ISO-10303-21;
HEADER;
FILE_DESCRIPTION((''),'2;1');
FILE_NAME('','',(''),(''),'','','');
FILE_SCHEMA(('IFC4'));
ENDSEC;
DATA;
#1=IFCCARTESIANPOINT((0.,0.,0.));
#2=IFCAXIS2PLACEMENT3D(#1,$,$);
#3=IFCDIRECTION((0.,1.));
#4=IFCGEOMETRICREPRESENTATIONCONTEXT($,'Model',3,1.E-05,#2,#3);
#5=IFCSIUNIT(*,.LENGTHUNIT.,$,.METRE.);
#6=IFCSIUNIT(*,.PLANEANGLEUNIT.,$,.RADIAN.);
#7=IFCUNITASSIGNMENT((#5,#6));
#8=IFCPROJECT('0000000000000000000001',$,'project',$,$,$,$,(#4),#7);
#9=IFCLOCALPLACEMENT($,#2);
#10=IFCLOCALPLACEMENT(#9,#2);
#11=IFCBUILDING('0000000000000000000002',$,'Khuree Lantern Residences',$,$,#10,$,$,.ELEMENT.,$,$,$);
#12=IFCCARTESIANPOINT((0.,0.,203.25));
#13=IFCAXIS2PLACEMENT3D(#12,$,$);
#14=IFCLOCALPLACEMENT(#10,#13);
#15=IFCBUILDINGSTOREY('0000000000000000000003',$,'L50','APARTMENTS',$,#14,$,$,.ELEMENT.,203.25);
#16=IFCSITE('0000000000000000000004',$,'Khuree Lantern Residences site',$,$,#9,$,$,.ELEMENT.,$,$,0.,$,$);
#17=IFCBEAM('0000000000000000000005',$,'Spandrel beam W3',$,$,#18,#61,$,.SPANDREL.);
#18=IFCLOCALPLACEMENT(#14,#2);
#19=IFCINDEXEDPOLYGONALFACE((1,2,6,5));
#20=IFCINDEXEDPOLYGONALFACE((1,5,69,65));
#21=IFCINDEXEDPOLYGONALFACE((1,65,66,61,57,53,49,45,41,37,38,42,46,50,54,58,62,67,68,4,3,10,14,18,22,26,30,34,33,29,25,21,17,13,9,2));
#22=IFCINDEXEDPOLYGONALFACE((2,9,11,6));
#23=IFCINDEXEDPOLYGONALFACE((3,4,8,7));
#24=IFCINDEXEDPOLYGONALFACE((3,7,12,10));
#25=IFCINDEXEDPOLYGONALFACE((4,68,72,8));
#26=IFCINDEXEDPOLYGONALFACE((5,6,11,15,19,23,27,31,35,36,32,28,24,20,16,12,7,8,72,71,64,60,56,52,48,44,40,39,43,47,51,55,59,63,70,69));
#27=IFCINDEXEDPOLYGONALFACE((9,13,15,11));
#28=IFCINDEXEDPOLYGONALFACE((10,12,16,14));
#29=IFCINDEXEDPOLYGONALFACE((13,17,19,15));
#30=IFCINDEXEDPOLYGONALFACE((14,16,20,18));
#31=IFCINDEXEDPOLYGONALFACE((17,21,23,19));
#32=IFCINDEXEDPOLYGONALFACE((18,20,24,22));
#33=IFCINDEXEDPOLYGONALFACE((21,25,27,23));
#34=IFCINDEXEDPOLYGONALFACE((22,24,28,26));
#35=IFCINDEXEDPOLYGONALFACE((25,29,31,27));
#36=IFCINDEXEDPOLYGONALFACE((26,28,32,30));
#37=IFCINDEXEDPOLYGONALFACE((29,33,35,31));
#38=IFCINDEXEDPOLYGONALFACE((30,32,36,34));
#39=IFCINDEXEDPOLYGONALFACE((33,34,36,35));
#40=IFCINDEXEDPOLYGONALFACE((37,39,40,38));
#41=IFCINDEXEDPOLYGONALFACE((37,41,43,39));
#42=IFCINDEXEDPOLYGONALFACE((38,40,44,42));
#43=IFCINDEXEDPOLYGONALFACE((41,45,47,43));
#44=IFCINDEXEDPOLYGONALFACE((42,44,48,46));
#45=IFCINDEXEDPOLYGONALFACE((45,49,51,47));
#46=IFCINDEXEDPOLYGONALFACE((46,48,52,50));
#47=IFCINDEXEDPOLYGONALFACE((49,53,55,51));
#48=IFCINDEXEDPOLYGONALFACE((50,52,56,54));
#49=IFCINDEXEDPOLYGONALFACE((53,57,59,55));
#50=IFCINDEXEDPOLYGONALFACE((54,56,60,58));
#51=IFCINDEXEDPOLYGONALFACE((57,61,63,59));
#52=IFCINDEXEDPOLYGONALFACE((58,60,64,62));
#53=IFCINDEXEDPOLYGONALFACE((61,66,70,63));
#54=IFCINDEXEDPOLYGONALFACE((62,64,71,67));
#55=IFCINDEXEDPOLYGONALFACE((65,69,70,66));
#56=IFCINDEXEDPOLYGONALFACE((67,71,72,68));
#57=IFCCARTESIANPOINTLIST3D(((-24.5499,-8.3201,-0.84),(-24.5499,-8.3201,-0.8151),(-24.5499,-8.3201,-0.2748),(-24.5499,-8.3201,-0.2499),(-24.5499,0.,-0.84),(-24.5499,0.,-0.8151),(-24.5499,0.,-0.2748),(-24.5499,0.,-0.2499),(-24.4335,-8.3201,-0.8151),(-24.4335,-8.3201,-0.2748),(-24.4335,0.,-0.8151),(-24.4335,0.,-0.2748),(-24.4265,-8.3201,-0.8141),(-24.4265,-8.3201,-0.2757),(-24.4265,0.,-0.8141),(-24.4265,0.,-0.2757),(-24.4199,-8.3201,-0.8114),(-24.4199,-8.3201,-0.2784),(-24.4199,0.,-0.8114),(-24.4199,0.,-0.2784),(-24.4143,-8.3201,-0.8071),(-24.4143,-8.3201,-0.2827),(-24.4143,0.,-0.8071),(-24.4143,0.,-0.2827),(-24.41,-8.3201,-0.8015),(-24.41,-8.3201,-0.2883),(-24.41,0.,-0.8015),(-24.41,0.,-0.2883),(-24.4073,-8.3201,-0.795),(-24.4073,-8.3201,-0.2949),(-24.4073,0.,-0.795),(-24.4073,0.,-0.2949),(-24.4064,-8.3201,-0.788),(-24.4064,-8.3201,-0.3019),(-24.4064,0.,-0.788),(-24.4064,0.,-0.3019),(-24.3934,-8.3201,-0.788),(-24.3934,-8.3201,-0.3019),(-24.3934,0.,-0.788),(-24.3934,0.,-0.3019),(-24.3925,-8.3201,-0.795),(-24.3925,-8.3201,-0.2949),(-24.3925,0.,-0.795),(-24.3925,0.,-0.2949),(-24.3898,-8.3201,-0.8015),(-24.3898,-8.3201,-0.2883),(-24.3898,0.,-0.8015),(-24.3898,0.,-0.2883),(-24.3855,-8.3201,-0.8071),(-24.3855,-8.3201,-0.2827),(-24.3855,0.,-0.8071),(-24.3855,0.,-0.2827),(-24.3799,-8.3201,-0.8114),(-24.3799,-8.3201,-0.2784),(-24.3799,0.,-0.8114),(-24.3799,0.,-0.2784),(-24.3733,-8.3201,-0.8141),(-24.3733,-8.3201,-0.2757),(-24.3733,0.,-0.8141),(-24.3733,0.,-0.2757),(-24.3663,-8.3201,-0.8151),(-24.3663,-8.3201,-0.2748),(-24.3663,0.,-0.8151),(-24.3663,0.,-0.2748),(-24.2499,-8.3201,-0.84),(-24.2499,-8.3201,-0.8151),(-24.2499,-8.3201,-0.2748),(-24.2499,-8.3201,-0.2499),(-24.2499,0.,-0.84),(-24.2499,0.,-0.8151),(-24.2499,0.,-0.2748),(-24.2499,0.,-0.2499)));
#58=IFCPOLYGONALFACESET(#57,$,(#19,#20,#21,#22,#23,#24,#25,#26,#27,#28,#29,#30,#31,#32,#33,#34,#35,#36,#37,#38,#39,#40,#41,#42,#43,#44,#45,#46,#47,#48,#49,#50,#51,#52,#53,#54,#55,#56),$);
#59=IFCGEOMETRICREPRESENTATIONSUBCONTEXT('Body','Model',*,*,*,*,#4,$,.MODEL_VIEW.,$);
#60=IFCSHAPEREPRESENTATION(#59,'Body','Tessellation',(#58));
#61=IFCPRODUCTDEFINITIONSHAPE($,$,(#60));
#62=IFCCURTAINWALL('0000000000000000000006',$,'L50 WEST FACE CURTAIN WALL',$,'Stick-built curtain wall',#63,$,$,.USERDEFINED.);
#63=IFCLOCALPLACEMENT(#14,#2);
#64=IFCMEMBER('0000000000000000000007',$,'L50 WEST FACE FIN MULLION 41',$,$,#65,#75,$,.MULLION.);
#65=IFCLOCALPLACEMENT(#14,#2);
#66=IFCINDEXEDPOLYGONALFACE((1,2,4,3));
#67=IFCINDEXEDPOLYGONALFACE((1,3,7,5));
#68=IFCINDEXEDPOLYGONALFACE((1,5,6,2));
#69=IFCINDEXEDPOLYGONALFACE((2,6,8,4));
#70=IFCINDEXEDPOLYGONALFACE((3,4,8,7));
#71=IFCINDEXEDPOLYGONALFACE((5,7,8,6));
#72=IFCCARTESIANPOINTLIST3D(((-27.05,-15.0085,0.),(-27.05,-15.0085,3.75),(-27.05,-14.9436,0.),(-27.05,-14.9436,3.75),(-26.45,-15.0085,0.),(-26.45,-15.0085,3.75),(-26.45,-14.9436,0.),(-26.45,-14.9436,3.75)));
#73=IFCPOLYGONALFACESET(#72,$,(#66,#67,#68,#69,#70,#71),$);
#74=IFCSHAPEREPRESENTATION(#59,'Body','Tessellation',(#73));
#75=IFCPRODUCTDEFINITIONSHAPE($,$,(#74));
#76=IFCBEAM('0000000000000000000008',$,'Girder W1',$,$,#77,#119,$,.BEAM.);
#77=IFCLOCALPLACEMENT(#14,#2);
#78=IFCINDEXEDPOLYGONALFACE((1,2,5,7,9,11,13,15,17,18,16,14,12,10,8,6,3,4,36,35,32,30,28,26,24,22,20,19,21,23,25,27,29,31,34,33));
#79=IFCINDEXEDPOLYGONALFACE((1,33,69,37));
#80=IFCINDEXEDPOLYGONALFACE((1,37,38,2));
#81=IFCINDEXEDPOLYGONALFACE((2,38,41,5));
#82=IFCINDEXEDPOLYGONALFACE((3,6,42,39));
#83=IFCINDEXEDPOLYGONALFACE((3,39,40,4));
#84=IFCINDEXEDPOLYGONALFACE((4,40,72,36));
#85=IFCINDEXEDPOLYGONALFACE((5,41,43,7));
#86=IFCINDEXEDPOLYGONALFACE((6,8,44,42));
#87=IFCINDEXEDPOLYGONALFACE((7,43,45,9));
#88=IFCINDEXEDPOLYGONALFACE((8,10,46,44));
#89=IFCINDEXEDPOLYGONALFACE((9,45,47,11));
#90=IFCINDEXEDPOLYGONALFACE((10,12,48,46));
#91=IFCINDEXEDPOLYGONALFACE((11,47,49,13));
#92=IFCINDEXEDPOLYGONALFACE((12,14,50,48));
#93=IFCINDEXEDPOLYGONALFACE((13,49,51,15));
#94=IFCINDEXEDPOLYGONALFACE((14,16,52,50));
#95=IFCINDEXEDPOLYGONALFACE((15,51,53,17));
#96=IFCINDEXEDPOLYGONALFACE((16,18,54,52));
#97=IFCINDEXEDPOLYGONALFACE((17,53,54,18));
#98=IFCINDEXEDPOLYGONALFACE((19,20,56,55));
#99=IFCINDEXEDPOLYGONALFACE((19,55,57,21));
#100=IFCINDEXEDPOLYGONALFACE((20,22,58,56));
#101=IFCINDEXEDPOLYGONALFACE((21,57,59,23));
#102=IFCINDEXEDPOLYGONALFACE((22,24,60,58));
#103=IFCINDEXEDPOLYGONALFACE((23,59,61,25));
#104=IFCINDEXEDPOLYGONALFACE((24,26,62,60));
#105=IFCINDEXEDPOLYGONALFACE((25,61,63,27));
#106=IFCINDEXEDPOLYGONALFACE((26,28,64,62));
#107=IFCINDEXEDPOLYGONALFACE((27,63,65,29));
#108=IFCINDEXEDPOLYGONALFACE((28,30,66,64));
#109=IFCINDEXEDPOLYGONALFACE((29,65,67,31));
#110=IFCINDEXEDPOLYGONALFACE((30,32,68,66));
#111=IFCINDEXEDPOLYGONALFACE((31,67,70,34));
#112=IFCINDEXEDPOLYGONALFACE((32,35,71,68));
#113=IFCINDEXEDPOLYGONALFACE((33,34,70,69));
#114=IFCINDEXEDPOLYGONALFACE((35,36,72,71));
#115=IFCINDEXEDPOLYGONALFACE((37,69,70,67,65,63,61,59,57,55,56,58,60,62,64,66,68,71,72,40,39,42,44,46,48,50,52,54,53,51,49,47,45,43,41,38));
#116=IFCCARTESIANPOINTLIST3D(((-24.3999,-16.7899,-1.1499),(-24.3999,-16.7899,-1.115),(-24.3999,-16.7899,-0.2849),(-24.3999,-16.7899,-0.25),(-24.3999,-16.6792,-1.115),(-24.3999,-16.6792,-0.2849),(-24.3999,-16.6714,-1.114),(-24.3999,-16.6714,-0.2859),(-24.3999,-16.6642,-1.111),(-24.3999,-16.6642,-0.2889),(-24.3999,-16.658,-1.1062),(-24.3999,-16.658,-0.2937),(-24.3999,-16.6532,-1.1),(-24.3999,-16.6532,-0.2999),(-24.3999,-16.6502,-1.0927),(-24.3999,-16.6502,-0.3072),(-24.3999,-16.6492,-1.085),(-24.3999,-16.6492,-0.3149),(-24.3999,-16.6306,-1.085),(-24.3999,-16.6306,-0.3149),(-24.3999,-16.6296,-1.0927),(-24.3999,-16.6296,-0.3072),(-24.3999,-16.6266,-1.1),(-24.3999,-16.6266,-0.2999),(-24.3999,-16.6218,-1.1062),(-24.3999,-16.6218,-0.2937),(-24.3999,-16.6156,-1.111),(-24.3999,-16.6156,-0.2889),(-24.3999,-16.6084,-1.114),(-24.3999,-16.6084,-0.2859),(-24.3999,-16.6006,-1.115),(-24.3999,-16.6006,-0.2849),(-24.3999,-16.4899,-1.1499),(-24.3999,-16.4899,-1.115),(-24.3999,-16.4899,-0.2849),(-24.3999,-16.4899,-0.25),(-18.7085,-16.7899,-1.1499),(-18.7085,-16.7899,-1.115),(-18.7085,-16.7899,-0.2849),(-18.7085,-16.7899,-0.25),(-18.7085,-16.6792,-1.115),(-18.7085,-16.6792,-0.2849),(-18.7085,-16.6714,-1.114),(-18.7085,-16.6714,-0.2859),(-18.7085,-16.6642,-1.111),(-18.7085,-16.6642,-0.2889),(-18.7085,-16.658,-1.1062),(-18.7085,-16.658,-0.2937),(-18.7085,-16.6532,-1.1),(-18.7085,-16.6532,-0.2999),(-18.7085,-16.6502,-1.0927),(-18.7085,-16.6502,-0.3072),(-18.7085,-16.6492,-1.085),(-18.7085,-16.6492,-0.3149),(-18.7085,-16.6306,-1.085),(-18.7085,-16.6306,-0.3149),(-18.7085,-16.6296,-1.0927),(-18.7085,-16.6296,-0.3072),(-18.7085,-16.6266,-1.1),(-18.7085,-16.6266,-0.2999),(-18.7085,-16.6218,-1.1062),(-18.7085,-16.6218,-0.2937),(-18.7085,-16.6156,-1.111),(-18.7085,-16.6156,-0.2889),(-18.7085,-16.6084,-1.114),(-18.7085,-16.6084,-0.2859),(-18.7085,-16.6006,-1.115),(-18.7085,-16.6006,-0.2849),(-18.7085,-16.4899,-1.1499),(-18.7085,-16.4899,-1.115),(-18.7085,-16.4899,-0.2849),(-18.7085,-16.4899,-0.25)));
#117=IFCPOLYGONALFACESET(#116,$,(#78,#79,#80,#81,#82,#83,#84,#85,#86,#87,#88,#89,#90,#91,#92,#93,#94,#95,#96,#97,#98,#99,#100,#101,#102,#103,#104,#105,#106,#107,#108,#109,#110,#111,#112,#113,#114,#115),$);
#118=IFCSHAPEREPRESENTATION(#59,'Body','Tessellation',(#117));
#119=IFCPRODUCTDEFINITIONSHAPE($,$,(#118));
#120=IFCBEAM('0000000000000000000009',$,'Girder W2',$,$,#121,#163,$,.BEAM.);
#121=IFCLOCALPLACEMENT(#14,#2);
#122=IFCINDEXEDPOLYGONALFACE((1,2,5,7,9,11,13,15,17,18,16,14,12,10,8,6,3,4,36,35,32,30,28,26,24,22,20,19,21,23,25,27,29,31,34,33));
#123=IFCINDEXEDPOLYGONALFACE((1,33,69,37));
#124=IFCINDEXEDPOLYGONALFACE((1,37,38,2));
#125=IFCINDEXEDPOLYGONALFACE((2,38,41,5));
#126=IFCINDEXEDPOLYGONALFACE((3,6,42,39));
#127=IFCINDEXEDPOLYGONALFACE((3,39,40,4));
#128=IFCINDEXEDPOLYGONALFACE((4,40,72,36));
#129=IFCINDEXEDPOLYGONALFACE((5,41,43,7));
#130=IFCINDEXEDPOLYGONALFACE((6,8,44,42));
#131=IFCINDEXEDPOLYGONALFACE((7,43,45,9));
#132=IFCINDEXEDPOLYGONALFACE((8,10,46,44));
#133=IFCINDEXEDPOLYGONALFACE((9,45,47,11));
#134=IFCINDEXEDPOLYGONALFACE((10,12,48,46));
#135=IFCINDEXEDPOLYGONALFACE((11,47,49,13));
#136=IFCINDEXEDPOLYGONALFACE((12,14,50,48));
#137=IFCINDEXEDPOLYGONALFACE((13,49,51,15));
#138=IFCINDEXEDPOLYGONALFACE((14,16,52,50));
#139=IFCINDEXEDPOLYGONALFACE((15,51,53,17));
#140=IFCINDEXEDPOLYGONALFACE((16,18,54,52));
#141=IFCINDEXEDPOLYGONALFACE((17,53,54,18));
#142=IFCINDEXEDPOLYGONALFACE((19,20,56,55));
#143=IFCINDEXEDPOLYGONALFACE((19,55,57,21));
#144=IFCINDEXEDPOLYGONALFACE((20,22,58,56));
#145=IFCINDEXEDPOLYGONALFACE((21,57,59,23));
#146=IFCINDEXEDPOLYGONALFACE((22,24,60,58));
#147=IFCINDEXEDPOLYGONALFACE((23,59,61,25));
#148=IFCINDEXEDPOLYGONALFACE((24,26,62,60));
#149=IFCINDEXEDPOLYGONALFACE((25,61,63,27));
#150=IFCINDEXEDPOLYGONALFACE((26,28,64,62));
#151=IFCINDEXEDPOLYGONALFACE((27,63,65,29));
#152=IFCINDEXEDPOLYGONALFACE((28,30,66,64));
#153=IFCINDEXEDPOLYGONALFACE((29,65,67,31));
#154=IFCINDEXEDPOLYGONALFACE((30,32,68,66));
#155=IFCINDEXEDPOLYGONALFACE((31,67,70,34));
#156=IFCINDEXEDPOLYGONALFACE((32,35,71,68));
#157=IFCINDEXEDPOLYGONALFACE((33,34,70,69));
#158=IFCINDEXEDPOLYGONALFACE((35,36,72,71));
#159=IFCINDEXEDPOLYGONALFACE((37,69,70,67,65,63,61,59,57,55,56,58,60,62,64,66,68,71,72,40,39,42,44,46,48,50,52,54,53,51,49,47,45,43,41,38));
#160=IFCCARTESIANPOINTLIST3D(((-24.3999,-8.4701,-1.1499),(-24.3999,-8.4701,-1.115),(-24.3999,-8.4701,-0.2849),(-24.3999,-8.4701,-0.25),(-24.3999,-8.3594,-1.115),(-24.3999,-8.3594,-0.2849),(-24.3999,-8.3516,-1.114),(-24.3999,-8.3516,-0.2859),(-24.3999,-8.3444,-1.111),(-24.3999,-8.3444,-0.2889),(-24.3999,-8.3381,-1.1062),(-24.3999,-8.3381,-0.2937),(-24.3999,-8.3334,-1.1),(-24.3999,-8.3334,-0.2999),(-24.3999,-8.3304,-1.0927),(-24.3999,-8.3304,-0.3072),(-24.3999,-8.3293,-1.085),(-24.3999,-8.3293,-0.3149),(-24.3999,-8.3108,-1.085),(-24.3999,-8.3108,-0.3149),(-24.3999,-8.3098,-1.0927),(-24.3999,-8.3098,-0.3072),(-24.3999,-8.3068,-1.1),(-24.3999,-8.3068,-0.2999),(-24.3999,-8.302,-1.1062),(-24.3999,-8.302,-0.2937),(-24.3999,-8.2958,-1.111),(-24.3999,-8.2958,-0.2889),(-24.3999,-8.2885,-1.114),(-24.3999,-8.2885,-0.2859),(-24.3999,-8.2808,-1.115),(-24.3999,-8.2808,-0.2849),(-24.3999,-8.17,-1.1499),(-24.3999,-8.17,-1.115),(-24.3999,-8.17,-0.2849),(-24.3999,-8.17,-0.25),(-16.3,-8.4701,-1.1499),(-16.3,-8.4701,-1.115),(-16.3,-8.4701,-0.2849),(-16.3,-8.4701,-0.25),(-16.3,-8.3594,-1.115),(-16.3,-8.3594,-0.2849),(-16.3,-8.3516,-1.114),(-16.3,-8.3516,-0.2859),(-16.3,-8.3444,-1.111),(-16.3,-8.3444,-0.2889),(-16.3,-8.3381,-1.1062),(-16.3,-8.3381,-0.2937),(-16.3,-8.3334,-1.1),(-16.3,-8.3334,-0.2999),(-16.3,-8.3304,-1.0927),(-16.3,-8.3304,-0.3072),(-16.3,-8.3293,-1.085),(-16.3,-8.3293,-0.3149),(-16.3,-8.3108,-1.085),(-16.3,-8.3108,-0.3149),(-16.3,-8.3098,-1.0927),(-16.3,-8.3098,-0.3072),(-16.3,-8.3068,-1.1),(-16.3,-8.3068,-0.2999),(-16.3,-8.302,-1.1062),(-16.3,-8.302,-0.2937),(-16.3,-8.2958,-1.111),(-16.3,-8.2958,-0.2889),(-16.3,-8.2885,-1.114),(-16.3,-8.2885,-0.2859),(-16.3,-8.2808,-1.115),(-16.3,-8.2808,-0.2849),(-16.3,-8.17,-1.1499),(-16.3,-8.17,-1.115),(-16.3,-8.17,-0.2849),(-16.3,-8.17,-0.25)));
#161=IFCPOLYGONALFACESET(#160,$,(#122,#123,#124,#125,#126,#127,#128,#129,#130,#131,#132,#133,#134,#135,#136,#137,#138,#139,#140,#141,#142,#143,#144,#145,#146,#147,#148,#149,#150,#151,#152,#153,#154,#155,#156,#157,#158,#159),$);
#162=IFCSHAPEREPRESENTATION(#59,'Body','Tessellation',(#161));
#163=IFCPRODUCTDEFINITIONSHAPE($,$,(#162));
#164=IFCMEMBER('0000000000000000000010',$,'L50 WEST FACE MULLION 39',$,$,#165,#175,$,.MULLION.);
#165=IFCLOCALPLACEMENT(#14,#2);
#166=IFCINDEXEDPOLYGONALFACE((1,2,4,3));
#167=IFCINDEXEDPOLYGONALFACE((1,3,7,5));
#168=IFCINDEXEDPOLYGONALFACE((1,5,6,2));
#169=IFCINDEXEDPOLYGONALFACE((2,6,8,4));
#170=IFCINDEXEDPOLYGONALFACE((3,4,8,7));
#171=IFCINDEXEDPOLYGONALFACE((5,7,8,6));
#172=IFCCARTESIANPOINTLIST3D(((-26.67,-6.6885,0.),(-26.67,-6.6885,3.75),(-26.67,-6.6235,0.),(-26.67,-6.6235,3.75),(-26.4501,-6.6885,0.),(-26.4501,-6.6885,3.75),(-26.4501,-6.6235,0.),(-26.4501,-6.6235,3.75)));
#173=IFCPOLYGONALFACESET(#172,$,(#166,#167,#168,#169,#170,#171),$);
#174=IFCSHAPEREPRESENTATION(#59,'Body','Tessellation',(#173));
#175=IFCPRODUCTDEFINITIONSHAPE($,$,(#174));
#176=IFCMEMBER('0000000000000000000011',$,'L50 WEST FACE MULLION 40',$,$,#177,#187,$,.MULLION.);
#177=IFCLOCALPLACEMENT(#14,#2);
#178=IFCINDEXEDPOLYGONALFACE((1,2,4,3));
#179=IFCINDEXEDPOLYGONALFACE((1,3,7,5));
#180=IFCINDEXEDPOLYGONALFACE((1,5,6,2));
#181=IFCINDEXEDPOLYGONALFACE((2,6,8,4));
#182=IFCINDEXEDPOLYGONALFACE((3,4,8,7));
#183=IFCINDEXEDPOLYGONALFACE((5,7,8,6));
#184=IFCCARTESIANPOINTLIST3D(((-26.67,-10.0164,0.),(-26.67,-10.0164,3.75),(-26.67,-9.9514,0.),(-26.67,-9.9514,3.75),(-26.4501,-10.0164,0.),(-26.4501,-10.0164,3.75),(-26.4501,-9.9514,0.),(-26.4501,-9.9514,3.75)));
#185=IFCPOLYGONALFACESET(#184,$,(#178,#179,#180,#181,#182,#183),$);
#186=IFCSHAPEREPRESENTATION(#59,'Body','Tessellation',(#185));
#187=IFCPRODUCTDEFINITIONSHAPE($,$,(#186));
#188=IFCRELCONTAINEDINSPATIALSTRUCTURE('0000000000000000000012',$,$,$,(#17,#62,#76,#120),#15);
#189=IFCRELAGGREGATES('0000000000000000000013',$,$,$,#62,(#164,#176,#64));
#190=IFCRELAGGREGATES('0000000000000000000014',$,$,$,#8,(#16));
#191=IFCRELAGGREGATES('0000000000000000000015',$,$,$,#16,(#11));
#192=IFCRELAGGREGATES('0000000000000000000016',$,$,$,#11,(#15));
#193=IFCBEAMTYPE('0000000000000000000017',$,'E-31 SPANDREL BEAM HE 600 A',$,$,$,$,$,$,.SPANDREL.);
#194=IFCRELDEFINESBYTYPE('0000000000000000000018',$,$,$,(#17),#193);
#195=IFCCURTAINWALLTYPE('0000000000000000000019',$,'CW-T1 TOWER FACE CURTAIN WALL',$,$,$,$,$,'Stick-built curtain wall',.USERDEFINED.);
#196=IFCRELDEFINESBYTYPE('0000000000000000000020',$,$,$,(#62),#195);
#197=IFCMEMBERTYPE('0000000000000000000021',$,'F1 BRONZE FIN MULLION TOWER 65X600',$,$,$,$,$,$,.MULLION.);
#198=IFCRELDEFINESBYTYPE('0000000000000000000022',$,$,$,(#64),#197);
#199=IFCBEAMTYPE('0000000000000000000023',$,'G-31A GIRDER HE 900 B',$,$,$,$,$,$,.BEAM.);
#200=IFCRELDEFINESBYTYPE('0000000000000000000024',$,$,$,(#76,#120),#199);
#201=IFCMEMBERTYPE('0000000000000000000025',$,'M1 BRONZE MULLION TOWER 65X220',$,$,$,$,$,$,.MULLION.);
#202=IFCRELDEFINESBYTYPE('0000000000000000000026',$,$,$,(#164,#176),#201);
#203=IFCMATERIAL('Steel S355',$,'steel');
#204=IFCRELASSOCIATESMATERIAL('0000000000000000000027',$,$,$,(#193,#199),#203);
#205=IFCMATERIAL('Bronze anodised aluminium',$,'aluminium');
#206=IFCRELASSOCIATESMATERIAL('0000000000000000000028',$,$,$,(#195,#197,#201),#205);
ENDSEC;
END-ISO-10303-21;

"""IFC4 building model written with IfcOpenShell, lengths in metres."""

from ifc_helpers import new_model, si_unit, direction, frame, origin, origin_2d, place, context, subcontext, project, spatial, rectangle, i_section, extrude, material, material_profile, profile_set, type_object, element, aggregate, save


model = new_model("IFC4")

# Units and contexts
model_context = context("Model", 3, precision=1e-05, world=origin(), true_north=direction((0.0, 1.0)))
body_context = subcontext(model_context, "Body", "Model", "MODEL_VIEW")
ifc_project = project(units=[si_unit("LENGTHUNIT", "METRE"), si_unit("PLANEANGLEUNIT", "RADIAN")], contexts=[model_context])

# Site, building, storey
site_placement = place(None, origin())
site = spatial("IfcSite", under=ifc_project, at=site_placement, Name="Khuree Lantern Residences site", CompositionType="ELEMENT", RefElevation=0.0)
building_placement = place(site_placement, origin())
building = spatial("IfcBuilding", under=site, at=building_placement, Name="Khuree Lantern Residences", CompositionType="ELEMENT")
storey_placement = place(building_placement, frame((0.0, 0.0, 203.25)))
storey = spatial("IfcBuildingStorey", under=building, at=storey_placement, Name="L50", Description="APARTMENTS", CompositionType="ELEMENT", Elevation=203.25)

# Beam
ifc_material_1 = material(Name="Steel S355", Category="steel")
ifc_material_profile_1 = material_profile(ifc_material_1, i_section(OverallWidth=0.3, OverallDepth=0.5901, WebThickness=0.0129, FlangeThickness=0.0249, FilletRadius=0.0271, at=origin_2d()), Name="HE 600 A")
ifc_profile_set_1 = profile_set([ifc_material_profile_1], Name="Steel S355")
beam_type_1 = type_object("IfcBeamType", Name="E-31 SPANDREL BEAM HE 600 A", PredefinedType="SPANDREL", material=ifc_profile_set_1)
beam_1_placement = place(storey_placement, frame((-24.3999, -8.3201, -0.5449), z_axis=(0.0, 1.0, 0.0), x_axis=(-1.0, 0.0, 0.0)))
element("IfcBeam", 1, at=beam_1_placement, inside=storey, type_object=beam_type_1, Name="Spandrel beam W3", PredefinedType="SPANDREL", context=body_context, shape_type="SweptSolid", body=[
    extrude(i_section(OverallWidth=0.3, OverallDepth=0.5901, WebThickness=0.0129, FlangeThickness=0.0249, FilletRadius=0.0271, at=origin_2d()), origin(), (0.0, 0.0, 1.0), 8.3201),
])

# Curtain wall, member
ifc_material_2 = material(Name="Bronze anodised aluminium", Category="aluminium")
curtain_wall_type = type_object("IfcCurtainWallType", Name="CW-T1 TOWER FACE CURTAIN WALL", ElementType="Stick-built curtain wall", PredefinedType="USERDEFINED", material=ifc_material_2)
curtain_wall_placement = place(storey_placement, origin())
curtain_wall = element("IfcCurtainWall", 2, at=curtain_wall_placement, inside=storey, type_object=curtain_wall_type, Name="L50 WEST FACE CURTAIN WALL", ObjectType="Stick-built curtain wall", PredefinedType="USERDEFINED")
ifc_material_profile_2 = material_profile(ifc_material_2, rectangle(XDim=0.0649, YDim=0.6001, at=origin_2d()), Name="F1 65X600")
ifc_profile_set_2 = profile_set([ifc_material_profile_2], Name="Bronze anodised aluminium")
member_type_1 = type_object("IfcMemberType", Name="F1 BRONZE FIN MULLION TOWER 65X600", PredefinedType="MULLION", material=ifc_profile_set_2)
member_1_placement = place(storey_placement, frame((-26.75, -14.9761, 0.0), z_axis=(0.0, 0.0, 1.0), x_axis=(0.0, -1.0, 0.0)))
member_1 = element("IfcMember", 3, at=member_1_placement, type_object=member_type_1, Name="L50 WEST FACE FIN MULLION 41", PredefinedType="MULLION", context=body_context, shape_type="SweptSolid", body=[
    extrude(rectangle(XDim=0.0649, YDim=0.6001, at=origin_2d()), origin(), (0.0, 0.0, 1.0), 3.75),
])

# Beams
ifc_material_profile_3 = material_profile(ifc_material_1, i_section(OverallWidth=0.3, OverallDepth=0.8999, WebThickness=0.0186, FlangeThickness=0.0349, FilletRadius=0.03, at=origin_2d()), Name="HE 900 B")
ifc_profile_set_3 = profile_set([ifc_material_profile_3], Name="Steel S355")
beam_type_2 = type_object("IfcBeamType", Name="G-31A GIRDER HE 900 B", PredefinedType="BEAM", material=ifc_profile_set_3)
beam_2_placement = place(storey_placement, frame((-24.3999, -16.6399, -0.7), z_axis=(1.0, 0.0, 0.0), x_axis=(0.0, 1.0, 0.0)))
element("IfcBeam", 4, at=beam_2_placement, inside=storey, type_object=beam_type_2, Name="Girder W1", PredefinedType="BEAM", context=body_context, shape_type="SweptSolid", body=[
    extrude(i_section(OverallWidth=0.3, OverallDepth=0.8999, WebThickness=0.0186, FlangeThickness=0.0349, FilletRadius=0.03, at=origin_2d()), origin(), (0.0, 0.0, 1.0), 5.6914),
])
beam_3_placement = place(storey_placement, frame((-24.3999, -8.3201, -0.7), z_axis=(1.0, 0.0, 0.0), x_axis=(0.0, 1.0, 0.0)))
element("IfcBeam", 5, at=beam_3_placement, inside=storey, type_object=beam_type_2, Name="Girder W2", PredefinedType="BEAM", context=body_context, shape_type="SweptSolid", body=[
    extrude(i_section(OverallWidth=0.3, OverallDepth=0.8999, WebThickness=0.0186, FlangeThickness=0.0349, FilletRadius=0.03, at=origin_2d()), origin(), (0.0, 0.0, 1.0), 8.0999),
])

# Members
ifc_material_profile_4 = material_profile(ifc_material_2, rectangle(XDim=0.0649, YDim=0.22, at=origin_2d()), Name="M1 65X220")
ifc_profile_set_4 = profile_set([ifc_material_profile_4], Name="Bronze anodised aluminium")
member_type_2 = type_object("IfcMemberType", Name="M1 BRONZE MULLION TOWER 65X220", PredefinedType="MULLION", material=ifc_profile_set_4)
member_2_placement = place(storey_placement, frame((-26.5601, -6.656, 0.0), z_axis=(0.0, 0.0, 1.0), x_axis=(0.0, -1.0, 0.0)))
member_2 = element("IfcMember", 6, at=member_2_placement, type_object=member_type_2, Name="L50 WEST FACE MULLION 39", PredefinedType="MULLION", context=body_context, shape_type="SweptSolid", body=[
    extrude(rectangle(XDim=0.0649, YDim=0.22, at=origin_2d()), origin(), (0.0, 0.0, 1.0), 3.75),
])
member_3_placement = place(storey_placement, frame((-26.5601, -9.9839, 0.0), z_axis=(0.0, 0.0, 1.0), x_axis=(0.0, -1.0, 0.0)))
member_3 = element("IfcMember", 7, at=member_3_placement, type_object=member_type_2, Name="L50 WEST FACE MULLION 40", PredefinedType="MULLION", context=body_context, shape_type="SweptSolid", body=[
    extrude(rectangle(XDim=0.0649, YDim=0.22, at=origin_2d()), origin(), (0.0, 0.0, 1.0), 3.75),
])

aggregate(curtain_wall, [member_2, member_3, member_1])

save(model, "model.ifc")
